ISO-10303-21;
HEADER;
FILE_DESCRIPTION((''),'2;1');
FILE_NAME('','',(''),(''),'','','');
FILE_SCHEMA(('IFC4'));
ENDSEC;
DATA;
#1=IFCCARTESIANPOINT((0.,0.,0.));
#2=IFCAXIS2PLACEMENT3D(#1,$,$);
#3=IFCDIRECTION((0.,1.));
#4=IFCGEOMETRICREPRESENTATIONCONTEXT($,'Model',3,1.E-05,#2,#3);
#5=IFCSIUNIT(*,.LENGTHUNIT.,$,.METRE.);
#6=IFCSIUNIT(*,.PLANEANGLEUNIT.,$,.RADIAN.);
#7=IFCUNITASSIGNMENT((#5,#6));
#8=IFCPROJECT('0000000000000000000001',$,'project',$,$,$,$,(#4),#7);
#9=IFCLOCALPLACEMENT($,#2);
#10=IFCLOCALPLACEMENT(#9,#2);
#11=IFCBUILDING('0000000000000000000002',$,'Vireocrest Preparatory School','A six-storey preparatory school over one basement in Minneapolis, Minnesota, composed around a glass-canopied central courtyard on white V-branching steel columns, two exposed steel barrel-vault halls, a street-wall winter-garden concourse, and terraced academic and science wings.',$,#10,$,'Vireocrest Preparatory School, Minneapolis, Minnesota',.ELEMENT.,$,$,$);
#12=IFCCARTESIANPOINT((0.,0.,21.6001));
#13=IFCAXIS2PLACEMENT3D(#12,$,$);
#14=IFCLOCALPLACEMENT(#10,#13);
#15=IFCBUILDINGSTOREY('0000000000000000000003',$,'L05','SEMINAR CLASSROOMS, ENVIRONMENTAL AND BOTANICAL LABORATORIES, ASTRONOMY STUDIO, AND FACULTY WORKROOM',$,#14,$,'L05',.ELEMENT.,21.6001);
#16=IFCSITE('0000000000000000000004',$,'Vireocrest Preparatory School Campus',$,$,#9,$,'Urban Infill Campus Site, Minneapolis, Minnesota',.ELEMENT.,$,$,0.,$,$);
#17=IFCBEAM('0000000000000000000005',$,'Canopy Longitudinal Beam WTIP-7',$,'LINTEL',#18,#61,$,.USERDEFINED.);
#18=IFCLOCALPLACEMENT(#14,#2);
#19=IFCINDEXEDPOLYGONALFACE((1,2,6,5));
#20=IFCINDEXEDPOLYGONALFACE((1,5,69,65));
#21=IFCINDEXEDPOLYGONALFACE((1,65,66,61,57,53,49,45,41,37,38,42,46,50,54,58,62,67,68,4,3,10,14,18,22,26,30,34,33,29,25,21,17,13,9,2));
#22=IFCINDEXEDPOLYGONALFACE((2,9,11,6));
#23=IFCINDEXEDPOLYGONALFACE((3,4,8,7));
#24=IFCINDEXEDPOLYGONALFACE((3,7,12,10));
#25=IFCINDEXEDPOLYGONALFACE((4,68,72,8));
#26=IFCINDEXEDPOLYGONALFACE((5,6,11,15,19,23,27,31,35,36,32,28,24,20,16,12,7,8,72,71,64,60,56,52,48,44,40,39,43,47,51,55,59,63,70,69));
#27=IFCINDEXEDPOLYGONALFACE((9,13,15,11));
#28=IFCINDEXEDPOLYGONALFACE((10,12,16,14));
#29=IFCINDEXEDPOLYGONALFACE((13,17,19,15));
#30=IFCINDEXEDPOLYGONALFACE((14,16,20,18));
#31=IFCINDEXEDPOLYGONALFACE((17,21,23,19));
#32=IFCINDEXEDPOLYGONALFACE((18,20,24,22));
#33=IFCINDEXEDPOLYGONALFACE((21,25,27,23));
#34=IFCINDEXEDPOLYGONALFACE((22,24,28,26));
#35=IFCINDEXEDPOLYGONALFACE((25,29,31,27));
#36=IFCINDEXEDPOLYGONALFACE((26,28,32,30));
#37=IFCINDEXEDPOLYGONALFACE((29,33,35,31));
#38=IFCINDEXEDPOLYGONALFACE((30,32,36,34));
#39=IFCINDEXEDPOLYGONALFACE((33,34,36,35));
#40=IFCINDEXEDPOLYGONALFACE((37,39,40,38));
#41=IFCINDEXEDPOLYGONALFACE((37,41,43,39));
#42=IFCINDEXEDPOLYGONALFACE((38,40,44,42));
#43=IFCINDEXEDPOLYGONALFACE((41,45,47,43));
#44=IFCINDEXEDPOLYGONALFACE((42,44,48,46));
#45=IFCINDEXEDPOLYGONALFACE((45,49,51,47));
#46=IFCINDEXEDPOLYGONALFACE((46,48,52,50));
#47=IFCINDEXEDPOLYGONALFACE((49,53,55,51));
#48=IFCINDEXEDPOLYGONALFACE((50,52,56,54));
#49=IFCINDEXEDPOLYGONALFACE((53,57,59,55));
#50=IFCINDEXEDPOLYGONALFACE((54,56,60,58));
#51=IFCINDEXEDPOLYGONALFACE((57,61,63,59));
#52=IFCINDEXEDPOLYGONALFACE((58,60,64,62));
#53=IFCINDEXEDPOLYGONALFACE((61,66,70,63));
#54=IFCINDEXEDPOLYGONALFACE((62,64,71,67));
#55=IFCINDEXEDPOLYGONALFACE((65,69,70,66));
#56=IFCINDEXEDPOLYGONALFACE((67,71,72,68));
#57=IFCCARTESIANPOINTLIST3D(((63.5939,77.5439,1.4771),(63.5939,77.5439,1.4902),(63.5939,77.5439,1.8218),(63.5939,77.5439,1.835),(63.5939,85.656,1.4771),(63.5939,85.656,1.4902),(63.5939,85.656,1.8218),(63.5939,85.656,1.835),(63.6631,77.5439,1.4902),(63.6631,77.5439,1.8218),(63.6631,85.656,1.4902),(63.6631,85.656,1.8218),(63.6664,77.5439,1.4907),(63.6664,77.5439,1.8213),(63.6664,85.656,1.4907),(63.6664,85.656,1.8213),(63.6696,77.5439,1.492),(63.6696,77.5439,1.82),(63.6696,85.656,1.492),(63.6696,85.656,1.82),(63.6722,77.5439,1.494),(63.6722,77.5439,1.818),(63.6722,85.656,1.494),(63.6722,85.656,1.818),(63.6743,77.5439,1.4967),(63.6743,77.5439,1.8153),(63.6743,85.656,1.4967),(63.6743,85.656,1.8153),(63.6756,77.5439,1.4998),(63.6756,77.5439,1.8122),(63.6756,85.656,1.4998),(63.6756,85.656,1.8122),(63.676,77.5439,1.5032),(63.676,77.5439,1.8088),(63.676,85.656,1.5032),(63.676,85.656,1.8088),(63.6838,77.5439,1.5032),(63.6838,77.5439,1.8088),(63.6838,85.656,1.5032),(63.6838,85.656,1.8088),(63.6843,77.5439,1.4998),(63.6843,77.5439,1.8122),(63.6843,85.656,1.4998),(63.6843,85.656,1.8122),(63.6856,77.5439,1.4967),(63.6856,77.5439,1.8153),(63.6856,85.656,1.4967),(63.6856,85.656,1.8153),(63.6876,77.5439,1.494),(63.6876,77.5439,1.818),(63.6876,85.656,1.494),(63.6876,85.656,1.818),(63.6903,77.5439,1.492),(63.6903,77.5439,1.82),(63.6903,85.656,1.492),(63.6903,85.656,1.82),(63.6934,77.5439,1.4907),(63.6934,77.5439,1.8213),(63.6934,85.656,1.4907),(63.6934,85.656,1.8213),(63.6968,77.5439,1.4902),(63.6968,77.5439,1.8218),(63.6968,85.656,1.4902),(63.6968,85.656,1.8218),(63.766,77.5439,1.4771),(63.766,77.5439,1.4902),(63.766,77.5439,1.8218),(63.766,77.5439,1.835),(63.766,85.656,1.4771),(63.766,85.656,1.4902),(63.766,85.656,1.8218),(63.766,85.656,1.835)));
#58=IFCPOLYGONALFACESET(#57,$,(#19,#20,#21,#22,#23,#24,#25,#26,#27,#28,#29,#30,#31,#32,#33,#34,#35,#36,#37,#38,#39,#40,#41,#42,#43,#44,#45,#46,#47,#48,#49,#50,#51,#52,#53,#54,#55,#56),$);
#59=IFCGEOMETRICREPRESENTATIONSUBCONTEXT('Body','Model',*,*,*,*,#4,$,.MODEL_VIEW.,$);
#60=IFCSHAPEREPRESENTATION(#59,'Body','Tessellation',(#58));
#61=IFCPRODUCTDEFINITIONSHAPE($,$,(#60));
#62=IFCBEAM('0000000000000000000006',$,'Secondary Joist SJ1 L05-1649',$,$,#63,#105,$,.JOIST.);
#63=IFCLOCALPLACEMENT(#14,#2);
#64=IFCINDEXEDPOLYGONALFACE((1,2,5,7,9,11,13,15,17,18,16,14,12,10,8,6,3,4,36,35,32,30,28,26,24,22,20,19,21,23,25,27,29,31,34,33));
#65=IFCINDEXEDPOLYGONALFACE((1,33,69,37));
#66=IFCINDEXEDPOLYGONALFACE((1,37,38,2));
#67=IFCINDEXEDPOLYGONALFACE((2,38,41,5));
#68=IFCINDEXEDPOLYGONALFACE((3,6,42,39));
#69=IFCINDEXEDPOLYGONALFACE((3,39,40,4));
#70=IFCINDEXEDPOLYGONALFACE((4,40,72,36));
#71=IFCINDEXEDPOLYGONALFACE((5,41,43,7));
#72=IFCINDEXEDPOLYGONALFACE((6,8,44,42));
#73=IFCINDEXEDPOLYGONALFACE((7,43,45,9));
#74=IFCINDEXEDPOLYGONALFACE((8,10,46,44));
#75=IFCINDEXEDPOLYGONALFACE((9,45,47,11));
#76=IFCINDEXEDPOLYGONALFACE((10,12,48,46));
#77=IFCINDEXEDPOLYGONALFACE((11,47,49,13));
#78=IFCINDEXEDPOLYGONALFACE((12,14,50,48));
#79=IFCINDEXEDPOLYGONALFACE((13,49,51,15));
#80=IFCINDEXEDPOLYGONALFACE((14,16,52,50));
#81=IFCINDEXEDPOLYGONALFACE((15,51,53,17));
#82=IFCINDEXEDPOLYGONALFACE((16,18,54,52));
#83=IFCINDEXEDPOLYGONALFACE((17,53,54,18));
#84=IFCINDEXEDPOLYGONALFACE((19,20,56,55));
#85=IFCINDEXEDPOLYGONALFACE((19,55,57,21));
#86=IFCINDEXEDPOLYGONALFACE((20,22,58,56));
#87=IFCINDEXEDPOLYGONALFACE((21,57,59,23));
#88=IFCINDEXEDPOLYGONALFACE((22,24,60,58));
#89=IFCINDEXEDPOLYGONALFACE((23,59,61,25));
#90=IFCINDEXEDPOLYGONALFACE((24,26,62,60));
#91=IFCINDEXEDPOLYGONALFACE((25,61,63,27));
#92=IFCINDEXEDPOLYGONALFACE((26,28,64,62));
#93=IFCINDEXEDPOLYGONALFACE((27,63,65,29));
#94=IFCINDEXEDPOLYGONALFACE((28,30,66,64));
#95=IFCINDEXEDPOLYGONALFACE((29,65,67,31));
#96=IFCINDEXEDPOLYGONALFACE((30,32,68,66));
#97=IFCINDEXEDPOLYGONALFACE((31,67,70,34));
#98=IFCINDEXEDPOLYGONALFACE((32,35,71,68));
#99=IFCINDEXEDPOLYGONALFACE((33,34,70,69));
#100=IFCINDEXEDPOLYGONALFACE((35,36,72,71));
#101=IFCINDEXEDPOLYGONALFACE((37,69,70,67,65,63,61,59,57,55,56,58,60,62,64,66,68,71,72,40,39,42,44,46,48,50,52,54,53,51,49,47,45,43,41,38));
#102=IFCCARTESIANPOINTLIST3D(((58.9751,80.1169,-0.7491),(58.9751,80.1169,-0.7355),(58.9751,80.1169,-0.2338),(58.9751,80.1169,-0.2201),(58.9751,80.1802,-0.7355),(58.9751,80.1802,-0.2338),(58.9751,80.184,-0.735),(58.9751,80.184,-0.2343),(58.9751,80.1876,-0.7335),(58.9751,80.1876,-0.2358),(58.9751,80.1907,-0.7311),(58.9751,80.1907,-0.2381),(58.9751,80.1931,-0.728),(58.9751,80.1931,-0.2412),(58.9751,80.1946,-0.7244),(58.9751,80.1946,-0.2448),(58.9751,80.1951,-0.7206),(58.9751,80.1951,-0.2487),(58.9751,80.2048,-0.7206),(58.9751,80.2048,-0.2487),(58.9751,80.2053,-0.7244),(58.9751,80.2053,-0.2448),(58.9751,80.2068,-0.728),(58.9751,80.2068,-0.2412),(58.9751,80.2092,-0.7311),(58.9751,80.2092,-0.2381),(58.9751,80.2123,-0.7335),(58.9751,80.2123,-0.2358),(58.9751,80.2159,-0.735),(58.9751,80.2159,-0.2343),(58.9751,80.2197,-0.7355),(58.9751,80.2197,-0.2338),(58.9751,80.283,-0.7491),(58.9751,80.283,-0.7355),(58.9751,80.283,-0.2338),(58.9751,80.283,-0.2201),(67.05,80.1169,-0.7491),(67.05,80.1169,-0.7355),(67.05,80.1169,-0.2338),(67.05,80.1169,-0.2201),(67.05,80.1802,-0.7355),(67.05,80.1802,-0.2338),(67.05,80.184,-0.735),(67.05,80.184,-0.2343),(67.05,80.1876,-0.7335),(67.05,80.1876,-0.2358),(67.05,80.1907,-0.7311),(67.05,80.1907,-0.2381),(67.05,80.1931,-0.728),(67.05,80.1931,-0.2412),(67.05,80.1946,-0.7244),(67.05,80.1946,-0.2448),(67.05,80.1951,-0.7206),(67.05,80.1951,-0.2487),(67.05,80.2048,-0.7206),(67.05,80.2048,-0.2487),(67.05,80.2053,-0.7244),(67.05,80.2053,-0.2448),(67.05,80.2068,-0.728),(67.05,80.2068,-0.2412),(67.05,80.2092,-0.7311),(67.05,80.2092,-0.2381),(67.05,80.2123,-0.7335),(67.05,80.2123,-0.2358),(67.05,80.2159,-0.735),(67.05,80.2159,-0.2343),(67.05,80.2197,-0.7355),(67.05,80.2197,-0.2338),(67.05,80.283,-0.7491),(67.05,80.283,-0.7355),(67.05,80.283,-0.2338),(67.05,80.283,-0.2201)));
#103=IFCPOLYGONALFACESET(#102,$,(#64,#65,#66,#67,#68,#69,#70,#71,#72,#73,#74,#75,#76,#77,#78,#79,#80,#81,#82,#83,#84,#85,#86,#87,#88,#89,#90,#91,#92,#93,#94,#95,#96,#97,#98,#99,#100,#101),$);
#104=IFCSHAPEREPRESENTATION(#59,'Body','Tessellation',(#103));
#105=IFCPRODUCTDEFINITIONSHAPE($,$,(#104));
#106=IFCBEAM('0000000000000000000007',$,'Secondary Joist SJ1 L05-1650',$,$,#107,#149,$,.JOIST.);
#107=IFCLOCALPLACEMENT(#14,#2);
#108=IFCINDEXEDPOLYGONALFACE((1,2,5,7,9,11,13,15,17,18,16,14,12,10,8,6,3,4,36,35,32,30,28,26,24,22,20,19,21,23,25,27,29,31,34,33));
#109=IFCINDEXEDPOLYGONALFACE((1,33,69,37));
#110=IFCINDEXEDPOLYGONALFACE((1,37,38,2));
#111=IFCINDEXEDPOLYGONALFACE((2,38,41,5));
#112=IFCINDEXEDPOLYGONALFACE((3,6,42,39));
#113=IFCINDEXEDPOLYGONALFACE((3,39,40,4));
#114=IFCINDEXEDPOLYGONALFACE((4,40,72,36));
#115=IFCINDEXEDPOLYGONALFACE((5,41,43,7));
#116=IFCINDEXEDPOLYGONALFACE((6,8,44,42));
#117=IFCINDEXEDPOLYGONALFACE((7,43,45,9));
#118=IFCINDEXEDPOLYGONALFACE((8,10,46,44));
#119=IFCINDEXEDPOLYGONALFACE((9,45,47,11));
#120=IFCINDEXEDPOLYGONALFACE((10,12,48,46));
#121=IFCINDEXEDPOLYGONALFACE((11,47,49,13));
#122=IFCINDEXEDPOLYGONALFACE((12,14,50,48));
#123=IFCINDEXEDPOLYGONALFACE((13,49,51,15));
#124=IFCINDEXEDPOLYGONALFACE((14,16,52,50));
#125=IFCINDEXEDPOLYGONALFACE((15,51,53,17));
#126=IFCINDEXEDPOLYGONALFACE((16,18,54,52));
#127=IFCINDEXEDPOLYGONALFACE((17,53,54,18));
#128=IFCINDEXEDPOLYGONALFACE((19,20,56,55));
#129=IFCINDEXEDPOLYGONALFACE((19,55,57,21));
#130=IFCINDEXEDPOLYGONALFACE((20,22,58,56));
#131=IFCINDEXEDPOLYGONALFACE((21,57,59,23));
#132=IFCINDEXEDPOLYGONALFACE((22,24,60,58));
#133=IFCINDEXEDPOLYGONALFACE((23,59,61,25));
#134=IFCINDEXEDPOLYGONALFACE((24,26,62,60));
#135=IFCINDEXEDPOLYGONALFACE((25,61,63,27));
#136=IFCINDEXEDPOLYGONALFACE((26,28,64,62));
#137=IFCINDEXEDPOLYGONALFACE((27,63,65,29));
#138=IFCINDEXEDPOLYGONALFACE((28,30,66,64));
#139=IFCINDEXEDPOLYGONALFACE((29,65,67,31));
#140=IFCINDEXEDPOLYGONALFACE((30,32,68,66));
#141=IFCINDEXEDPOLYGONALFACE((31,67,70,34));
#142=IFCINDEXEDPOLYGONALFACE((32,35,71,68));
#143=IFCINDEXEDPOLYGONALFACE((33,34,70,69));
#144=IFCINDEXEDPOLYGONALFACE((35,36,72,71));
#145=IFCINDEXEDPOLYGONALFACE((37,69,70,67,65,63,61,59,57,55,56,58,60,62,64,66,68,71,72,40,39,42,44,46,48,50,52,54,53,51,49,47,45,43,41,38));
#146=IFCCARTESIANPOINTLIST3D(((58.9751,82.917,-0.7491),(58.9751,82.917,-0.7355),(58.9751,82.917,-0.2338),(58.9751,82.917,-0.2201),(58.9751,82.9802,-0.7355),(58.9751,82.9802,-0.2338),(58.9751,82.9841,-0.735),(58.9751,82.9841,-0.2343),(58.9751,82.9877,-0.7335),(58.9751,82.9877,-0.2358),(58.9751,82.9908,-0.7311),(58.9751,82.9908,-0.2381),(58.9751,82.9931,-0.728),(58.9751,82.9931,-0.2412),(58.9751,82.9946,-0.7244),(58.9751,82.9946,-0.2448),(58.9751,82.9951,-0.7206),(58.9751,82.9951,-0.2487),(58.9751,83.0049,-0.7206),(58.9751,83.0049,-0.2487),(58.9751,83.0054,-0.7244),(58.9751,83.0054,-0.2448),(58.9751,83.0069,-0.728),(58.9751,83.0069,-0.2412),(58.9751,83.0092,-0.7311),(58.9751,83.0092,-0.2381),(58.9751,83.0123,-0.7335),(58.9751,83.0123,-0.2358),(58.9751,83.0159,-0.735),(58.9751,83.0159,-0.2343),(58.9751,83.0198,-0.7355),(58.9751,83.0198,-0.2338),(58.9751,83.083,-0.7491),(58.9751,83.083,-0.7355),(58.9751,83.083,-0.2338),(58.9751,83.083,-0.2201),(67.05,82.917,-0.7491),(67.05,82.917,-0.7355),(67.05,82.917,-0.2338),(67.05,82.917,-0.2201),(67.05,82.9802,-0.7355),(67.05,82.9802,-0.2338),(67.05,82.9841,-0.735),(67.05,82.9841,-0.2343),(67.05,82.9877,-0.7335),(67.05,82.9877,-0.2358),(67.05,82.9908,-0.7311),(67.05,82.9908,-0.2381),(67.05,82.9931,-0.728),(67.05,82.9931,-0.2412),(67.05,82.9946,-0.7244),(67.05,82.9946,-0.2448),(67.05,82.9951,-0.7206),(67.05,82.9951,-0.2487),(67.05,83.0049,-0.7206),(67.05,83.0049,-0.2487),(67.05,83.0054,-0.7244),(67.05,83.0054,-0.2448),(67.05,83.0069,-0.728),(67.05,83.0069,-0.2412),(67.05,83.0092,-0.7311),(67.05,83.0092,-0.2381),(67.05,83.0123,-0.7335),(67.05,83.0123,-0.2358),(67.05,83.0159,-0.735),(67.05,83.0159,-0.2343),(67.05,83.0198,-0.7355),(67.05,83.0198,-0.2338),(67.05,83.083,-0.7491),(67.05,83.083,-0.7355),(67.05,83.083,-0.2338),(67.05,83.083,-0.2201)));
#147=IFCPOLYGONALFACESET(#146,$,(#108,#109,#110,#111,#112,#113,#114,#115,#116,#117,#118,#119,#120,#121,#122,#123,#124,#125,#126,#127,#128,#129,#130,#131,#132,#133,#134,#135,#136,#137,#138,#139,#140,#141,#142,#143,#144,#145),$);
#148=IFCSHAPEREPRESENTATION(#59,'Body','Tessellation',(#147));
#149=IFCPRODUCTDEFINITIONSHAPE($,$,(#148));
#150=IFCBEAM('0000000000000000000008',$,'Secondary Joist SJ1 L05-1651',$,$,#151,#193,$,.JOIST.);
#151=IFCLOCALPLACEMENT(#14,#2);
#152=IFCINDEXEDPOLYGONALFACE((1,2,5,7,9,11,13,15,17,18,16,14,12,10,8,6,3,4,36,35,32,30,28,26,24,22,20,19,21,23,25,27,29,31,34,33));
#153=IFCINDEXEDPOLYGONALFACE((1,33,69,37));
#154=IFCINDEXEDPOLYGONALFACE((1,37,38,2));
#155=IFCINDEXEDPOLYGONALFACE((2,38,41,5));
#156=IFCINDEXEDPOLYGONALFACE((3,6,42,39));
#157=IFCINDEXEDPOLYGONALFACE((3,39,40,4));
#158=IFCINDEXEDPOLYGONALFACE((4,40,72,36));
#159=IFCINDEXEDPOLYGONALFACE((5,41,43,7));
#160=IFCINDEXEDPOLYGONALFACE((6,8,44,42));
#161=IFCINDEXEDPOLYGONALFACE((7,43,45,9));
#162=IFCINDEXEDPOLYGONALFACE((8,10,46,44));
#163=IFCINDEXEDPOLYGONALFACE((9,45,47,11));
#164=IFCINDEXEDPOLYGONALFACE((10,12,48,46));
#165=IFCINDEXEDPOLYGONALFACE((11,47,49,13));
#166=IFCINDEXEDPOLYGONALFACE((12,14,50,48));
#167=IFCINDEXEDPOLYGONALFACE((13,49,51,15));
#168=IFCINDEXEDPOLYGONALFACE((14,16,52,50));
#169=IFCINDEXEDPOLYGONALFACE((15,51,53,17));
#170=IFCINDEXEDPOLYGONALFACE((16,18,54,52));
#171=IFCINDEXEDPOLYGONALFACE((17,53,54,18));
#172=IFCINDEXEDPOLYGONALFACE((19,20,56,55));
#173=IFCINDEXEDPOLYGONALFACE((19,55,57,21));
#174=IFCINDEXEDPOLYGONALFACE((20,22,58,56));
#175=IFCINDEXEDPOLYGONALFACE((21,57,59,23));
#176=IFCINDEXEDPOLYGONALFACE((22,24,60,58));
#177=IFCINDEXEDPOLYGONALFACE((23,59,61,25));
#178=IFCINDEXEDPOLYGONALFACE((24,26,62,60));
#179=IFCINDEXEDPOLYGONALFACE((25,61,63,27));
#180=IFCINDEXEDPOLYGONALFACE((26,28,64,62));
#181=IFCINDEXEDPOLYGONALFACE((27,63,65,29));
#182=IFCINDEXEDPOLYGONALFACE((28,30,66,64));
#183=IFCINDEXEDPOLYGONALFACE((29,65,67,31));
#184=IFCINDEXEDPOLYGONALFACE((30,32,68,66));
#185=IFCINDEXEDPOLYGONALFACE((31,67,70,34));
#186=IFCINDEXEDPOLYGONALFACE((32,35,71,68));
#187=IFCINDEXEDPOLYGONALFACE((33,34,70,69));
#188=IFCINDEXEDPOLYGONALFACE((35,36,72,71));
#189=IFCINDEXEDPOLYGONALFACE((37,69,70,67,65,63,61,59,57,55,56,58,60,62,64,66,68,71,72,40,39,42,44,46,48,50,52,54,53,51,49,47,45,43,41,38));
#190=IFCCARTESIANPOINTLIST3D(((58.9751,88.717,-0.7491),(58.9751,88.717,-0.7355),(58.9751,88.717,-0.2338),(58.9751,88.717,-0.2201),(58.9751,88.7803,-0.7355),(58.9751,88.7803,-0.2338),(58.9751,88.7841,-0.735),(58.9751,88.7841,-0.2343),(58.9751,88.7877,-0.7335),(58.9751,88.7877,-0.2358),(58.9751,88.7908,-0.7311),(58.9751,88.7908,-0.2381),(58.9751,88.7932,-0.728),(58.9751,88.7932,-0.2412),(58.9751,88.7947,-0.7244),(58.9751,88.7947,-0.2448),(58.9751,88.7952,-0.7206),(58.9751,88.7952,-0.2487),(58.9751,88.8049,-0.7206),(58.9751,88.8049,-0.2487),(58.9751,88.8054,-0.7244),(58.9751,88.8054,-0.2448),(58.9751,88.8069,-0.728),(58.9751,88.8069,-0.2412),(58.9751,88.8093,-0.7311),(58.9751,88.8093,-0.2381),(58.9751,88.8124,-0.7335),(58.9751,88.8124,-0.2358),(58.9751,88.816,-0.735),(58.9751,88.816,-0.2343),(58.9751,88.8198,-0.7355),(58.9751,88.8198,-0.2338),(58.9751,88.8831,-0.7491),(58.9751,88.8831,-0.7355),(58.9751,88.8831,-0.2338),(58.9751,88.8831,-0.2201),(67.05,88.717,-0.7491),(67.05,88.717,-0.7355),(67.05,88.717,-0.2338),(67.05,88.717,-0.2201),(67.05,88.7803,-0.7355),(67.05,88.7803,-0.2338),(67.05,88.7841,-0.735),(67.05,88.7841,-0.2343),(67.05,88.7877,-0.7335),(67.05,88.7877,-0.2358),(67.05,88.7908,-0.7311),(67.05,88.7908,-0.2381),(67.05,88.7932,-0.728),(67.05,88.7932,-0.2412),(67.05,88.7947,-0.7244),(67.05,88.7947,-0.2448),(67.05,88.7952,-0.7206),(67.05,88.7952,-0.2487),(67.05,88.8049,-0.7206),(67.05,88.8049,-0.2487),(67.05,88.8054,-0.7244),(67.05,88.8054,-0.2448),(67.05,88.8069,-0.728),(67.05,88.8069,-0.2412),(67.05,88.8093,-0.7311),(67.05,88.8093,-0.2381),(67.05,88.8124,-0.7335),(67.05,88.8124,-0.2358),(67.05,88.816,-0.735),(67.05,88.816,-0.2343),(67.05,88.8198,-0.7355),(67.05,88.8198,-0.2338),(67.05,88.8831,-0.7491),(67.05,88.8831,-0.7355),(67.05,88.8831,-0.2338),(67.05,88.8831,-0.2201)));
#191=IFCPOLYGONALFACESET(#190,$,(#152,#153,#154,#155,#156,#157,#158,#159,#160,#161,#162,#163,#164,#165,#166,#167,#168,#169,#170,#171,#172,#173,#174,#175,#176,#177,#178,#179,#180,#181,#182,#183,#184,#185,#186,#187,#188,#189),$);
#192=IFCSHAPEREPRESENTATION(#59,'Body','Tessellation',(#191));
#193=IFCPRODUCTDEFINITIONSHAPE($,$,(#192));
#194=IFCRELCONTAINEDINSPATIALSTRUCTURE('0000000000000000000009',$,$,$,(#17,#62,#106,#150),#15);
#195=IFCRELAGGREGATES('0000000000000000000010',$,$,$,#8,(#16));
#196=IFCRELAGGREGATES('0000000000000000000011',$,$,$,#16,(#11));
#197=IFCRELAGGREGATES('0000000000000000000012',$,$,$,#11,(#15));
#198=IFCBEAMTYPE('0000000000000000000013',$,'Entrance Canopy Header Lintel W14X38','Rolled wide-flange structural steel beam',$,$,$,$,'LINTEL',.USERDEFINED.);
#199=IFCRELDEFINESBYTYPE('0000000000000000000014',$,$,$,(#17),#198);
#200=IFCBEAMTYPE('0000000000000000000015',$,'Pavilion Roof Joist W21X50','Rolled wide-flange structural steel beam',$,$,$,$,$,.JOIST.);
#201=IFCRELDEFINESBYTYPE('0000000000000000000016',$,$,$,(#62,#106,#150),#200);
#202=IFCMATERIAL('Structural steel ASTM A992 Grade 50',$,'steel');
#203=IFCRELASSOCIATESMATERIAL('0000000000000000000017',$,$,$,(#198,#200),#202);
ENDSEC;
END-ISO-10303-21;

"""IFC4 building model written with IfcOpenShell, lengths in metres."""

from ifc_helpers import new_model, si_unit, direction, frame, origin, origin_2d, place, context, subcontext, project, spatial, i_section, extrude, material, material_profile, profile_set, type_object, element, save


model = new_model("IFC4")

# Units and contexts
model_context = context("Model", 3, precision=1e-05, world=origin(), true_north=direction((0.0, 1.0)))
body_context = subcontext(model_context, "Body", "Model", "MODEL_VIEW")
ifc_project = project(units=[si_unit("LENGTHUNIT", "METRE"), si_unit("PLANEANGLEUNIT", "RADIAN")], contexts=[model_context])

# Site, building, storey
site_placement = place(None, origin())
site = spatial("IfcSite", under=ifc_project, at=site_placement, Name="Vireocrest Preparatory School Campus", LongName="Urban Infill Campus Site, Minneapolis, Minnesota", CompositionType="ELEMENT", RefElevation=0.0)
building_placement = place(site_placement, origin())
building = spatial("IfcBuilding", under=site, at=building_placement, Name="Vireocrest Preparatory School", Description="A six-storey preparatory school over one basement in Minneapolis, Minnesota, composed around a glass-canopied central courtyard on white V-branching steel columns, two exposed steel barrel-vault halls, a street-wall winter-garden concourse, and terraced academic and science wings.", LongName="Vireocrest Preparatory School, Minneapolis, Minnesota", CompositionType="ELEMENT")
storey_placement = place(building_placement, frame((0.0, 0.0, 21.6001)))
storey = spatial("IfcBuildingStorey", under=building, at=storey_placement, Name="L05", Description="SEMINAR CLASSROOMS, ENVIRONMENTAL AND BOTANICAL LABORATORIES, ASTRONOMY STUDIO, AND FACULTY WORKROOM", LongName="L05", CompositionType="ELEMENT", Elevation=21.6001)

# Beams
ifc_material_1 = material(Name="Structural steel ASTM A992 Grade 50", Category="steel")
ifc_material_profile_1 = material_profile(ifc_material_1, i_section(OverallWidth=0.1721, OverallDepth=0.3579, WebThickness=0.0078, FlangeThickness=0.0132, FilletRadius=0.0129, at=origin_2d()), Name="W14X38")
ifc_profile_set_1 = profile_set([ifc_material_profile_1], Name="Structural steel ASTM A992 Grade 50")
beam_type_1 = type_object("IfcBeamType", Name="Entrance Canopy Header Lintel W14X38", Description="Rolled wide-flange structural steel beam", ElementType="LINTEL", PredefinedType="USERDEFINED", material=ifc_profile_set_1)
beam_1_placement = place(storey_placement, frame((63.6799, 77.5439, 1.656), z_axis=(0.0, 1.0, 0.0), x_axis=(-1.0, 0.0, 0.0)))
element("IfcBeam", 1, at=beam_1_placement, inside=storey, type_object=beam_type_1, Name="Canopy Longitudinal Beam WTIP-7", ObjectType="LINTEL", PredefinedType="USERDEFINED", context=body_context, shape_type="SweptSolid", body=[
    extrude(i_section(OverallWidth=0.1721, OverallDepth=0.3579, WebThickness=0.0078, FlangeThickness=0.0132, FilletRadius=0.0129, at=origin_2d()), origin(), (0.0, 0.0, 1.0), 8.1121),
])
ifc_material_profile_2 = material_profile(ifc_material_1, i_section(OverallWidth=0.166, OverallDepth=0.5291, WebThickness=0.0098, FlangeThickness=0.0137, FilletRadius=0.0149, at=origin_2d()), Name="W21X50")
ifc_profile_set_2 = profile_set([ifc_material_profile_2], Name="Structural steel ASTM A992 Grade 50")
beam_type_2 = type_object("IfcBeamType", Name="Pavilion Roof Joist W21X50", Description="Rolled wide-flange structural steel beam", PredefinedType="JOIST", material=ifc_profile_set_2)
for number, where, z_axis, x_axis, name in (
    (2, (58.9751, 80.2, -0.4846), (1.0, 0.0, 0.0), (0.0, 1.0, 0.0), "Secondary Joist SJ1 L05-1649"),
    (3, (58.9751, 83.0, -0.4846), (1.0, 0.0, 0.0), (0.0, 1.0, 0.0), "Secondary Joist SJ1 L05-1650"),
    (4, (58.9751, 88.8, -0.4846), (1.0, 0.0, 0.0), (0.0, 1.0, 0.0), "Secondary Joist SJ1 L05-1651"),
):
    element("IfcBeam", number, at=place(storey_placement, frame(where, z_axis=z_axis, x_axis=x_axis)), inside=storey, type_object=beam_type_2, Name=name, PredefinedType="JOIST", context=body_context, shape_type="SweptSolid", body=[
        extrude(i_section(OverallWidth=0.166, OverallDepth=0.5291, WebThickness=0.0098, FlangeThickness=0.0137, FilletRadius=0.0149, at=origin_2d()), origin(), (0.0, 0.0, 1.0), 8.075),
    ])

save(model, "model.ifc")
